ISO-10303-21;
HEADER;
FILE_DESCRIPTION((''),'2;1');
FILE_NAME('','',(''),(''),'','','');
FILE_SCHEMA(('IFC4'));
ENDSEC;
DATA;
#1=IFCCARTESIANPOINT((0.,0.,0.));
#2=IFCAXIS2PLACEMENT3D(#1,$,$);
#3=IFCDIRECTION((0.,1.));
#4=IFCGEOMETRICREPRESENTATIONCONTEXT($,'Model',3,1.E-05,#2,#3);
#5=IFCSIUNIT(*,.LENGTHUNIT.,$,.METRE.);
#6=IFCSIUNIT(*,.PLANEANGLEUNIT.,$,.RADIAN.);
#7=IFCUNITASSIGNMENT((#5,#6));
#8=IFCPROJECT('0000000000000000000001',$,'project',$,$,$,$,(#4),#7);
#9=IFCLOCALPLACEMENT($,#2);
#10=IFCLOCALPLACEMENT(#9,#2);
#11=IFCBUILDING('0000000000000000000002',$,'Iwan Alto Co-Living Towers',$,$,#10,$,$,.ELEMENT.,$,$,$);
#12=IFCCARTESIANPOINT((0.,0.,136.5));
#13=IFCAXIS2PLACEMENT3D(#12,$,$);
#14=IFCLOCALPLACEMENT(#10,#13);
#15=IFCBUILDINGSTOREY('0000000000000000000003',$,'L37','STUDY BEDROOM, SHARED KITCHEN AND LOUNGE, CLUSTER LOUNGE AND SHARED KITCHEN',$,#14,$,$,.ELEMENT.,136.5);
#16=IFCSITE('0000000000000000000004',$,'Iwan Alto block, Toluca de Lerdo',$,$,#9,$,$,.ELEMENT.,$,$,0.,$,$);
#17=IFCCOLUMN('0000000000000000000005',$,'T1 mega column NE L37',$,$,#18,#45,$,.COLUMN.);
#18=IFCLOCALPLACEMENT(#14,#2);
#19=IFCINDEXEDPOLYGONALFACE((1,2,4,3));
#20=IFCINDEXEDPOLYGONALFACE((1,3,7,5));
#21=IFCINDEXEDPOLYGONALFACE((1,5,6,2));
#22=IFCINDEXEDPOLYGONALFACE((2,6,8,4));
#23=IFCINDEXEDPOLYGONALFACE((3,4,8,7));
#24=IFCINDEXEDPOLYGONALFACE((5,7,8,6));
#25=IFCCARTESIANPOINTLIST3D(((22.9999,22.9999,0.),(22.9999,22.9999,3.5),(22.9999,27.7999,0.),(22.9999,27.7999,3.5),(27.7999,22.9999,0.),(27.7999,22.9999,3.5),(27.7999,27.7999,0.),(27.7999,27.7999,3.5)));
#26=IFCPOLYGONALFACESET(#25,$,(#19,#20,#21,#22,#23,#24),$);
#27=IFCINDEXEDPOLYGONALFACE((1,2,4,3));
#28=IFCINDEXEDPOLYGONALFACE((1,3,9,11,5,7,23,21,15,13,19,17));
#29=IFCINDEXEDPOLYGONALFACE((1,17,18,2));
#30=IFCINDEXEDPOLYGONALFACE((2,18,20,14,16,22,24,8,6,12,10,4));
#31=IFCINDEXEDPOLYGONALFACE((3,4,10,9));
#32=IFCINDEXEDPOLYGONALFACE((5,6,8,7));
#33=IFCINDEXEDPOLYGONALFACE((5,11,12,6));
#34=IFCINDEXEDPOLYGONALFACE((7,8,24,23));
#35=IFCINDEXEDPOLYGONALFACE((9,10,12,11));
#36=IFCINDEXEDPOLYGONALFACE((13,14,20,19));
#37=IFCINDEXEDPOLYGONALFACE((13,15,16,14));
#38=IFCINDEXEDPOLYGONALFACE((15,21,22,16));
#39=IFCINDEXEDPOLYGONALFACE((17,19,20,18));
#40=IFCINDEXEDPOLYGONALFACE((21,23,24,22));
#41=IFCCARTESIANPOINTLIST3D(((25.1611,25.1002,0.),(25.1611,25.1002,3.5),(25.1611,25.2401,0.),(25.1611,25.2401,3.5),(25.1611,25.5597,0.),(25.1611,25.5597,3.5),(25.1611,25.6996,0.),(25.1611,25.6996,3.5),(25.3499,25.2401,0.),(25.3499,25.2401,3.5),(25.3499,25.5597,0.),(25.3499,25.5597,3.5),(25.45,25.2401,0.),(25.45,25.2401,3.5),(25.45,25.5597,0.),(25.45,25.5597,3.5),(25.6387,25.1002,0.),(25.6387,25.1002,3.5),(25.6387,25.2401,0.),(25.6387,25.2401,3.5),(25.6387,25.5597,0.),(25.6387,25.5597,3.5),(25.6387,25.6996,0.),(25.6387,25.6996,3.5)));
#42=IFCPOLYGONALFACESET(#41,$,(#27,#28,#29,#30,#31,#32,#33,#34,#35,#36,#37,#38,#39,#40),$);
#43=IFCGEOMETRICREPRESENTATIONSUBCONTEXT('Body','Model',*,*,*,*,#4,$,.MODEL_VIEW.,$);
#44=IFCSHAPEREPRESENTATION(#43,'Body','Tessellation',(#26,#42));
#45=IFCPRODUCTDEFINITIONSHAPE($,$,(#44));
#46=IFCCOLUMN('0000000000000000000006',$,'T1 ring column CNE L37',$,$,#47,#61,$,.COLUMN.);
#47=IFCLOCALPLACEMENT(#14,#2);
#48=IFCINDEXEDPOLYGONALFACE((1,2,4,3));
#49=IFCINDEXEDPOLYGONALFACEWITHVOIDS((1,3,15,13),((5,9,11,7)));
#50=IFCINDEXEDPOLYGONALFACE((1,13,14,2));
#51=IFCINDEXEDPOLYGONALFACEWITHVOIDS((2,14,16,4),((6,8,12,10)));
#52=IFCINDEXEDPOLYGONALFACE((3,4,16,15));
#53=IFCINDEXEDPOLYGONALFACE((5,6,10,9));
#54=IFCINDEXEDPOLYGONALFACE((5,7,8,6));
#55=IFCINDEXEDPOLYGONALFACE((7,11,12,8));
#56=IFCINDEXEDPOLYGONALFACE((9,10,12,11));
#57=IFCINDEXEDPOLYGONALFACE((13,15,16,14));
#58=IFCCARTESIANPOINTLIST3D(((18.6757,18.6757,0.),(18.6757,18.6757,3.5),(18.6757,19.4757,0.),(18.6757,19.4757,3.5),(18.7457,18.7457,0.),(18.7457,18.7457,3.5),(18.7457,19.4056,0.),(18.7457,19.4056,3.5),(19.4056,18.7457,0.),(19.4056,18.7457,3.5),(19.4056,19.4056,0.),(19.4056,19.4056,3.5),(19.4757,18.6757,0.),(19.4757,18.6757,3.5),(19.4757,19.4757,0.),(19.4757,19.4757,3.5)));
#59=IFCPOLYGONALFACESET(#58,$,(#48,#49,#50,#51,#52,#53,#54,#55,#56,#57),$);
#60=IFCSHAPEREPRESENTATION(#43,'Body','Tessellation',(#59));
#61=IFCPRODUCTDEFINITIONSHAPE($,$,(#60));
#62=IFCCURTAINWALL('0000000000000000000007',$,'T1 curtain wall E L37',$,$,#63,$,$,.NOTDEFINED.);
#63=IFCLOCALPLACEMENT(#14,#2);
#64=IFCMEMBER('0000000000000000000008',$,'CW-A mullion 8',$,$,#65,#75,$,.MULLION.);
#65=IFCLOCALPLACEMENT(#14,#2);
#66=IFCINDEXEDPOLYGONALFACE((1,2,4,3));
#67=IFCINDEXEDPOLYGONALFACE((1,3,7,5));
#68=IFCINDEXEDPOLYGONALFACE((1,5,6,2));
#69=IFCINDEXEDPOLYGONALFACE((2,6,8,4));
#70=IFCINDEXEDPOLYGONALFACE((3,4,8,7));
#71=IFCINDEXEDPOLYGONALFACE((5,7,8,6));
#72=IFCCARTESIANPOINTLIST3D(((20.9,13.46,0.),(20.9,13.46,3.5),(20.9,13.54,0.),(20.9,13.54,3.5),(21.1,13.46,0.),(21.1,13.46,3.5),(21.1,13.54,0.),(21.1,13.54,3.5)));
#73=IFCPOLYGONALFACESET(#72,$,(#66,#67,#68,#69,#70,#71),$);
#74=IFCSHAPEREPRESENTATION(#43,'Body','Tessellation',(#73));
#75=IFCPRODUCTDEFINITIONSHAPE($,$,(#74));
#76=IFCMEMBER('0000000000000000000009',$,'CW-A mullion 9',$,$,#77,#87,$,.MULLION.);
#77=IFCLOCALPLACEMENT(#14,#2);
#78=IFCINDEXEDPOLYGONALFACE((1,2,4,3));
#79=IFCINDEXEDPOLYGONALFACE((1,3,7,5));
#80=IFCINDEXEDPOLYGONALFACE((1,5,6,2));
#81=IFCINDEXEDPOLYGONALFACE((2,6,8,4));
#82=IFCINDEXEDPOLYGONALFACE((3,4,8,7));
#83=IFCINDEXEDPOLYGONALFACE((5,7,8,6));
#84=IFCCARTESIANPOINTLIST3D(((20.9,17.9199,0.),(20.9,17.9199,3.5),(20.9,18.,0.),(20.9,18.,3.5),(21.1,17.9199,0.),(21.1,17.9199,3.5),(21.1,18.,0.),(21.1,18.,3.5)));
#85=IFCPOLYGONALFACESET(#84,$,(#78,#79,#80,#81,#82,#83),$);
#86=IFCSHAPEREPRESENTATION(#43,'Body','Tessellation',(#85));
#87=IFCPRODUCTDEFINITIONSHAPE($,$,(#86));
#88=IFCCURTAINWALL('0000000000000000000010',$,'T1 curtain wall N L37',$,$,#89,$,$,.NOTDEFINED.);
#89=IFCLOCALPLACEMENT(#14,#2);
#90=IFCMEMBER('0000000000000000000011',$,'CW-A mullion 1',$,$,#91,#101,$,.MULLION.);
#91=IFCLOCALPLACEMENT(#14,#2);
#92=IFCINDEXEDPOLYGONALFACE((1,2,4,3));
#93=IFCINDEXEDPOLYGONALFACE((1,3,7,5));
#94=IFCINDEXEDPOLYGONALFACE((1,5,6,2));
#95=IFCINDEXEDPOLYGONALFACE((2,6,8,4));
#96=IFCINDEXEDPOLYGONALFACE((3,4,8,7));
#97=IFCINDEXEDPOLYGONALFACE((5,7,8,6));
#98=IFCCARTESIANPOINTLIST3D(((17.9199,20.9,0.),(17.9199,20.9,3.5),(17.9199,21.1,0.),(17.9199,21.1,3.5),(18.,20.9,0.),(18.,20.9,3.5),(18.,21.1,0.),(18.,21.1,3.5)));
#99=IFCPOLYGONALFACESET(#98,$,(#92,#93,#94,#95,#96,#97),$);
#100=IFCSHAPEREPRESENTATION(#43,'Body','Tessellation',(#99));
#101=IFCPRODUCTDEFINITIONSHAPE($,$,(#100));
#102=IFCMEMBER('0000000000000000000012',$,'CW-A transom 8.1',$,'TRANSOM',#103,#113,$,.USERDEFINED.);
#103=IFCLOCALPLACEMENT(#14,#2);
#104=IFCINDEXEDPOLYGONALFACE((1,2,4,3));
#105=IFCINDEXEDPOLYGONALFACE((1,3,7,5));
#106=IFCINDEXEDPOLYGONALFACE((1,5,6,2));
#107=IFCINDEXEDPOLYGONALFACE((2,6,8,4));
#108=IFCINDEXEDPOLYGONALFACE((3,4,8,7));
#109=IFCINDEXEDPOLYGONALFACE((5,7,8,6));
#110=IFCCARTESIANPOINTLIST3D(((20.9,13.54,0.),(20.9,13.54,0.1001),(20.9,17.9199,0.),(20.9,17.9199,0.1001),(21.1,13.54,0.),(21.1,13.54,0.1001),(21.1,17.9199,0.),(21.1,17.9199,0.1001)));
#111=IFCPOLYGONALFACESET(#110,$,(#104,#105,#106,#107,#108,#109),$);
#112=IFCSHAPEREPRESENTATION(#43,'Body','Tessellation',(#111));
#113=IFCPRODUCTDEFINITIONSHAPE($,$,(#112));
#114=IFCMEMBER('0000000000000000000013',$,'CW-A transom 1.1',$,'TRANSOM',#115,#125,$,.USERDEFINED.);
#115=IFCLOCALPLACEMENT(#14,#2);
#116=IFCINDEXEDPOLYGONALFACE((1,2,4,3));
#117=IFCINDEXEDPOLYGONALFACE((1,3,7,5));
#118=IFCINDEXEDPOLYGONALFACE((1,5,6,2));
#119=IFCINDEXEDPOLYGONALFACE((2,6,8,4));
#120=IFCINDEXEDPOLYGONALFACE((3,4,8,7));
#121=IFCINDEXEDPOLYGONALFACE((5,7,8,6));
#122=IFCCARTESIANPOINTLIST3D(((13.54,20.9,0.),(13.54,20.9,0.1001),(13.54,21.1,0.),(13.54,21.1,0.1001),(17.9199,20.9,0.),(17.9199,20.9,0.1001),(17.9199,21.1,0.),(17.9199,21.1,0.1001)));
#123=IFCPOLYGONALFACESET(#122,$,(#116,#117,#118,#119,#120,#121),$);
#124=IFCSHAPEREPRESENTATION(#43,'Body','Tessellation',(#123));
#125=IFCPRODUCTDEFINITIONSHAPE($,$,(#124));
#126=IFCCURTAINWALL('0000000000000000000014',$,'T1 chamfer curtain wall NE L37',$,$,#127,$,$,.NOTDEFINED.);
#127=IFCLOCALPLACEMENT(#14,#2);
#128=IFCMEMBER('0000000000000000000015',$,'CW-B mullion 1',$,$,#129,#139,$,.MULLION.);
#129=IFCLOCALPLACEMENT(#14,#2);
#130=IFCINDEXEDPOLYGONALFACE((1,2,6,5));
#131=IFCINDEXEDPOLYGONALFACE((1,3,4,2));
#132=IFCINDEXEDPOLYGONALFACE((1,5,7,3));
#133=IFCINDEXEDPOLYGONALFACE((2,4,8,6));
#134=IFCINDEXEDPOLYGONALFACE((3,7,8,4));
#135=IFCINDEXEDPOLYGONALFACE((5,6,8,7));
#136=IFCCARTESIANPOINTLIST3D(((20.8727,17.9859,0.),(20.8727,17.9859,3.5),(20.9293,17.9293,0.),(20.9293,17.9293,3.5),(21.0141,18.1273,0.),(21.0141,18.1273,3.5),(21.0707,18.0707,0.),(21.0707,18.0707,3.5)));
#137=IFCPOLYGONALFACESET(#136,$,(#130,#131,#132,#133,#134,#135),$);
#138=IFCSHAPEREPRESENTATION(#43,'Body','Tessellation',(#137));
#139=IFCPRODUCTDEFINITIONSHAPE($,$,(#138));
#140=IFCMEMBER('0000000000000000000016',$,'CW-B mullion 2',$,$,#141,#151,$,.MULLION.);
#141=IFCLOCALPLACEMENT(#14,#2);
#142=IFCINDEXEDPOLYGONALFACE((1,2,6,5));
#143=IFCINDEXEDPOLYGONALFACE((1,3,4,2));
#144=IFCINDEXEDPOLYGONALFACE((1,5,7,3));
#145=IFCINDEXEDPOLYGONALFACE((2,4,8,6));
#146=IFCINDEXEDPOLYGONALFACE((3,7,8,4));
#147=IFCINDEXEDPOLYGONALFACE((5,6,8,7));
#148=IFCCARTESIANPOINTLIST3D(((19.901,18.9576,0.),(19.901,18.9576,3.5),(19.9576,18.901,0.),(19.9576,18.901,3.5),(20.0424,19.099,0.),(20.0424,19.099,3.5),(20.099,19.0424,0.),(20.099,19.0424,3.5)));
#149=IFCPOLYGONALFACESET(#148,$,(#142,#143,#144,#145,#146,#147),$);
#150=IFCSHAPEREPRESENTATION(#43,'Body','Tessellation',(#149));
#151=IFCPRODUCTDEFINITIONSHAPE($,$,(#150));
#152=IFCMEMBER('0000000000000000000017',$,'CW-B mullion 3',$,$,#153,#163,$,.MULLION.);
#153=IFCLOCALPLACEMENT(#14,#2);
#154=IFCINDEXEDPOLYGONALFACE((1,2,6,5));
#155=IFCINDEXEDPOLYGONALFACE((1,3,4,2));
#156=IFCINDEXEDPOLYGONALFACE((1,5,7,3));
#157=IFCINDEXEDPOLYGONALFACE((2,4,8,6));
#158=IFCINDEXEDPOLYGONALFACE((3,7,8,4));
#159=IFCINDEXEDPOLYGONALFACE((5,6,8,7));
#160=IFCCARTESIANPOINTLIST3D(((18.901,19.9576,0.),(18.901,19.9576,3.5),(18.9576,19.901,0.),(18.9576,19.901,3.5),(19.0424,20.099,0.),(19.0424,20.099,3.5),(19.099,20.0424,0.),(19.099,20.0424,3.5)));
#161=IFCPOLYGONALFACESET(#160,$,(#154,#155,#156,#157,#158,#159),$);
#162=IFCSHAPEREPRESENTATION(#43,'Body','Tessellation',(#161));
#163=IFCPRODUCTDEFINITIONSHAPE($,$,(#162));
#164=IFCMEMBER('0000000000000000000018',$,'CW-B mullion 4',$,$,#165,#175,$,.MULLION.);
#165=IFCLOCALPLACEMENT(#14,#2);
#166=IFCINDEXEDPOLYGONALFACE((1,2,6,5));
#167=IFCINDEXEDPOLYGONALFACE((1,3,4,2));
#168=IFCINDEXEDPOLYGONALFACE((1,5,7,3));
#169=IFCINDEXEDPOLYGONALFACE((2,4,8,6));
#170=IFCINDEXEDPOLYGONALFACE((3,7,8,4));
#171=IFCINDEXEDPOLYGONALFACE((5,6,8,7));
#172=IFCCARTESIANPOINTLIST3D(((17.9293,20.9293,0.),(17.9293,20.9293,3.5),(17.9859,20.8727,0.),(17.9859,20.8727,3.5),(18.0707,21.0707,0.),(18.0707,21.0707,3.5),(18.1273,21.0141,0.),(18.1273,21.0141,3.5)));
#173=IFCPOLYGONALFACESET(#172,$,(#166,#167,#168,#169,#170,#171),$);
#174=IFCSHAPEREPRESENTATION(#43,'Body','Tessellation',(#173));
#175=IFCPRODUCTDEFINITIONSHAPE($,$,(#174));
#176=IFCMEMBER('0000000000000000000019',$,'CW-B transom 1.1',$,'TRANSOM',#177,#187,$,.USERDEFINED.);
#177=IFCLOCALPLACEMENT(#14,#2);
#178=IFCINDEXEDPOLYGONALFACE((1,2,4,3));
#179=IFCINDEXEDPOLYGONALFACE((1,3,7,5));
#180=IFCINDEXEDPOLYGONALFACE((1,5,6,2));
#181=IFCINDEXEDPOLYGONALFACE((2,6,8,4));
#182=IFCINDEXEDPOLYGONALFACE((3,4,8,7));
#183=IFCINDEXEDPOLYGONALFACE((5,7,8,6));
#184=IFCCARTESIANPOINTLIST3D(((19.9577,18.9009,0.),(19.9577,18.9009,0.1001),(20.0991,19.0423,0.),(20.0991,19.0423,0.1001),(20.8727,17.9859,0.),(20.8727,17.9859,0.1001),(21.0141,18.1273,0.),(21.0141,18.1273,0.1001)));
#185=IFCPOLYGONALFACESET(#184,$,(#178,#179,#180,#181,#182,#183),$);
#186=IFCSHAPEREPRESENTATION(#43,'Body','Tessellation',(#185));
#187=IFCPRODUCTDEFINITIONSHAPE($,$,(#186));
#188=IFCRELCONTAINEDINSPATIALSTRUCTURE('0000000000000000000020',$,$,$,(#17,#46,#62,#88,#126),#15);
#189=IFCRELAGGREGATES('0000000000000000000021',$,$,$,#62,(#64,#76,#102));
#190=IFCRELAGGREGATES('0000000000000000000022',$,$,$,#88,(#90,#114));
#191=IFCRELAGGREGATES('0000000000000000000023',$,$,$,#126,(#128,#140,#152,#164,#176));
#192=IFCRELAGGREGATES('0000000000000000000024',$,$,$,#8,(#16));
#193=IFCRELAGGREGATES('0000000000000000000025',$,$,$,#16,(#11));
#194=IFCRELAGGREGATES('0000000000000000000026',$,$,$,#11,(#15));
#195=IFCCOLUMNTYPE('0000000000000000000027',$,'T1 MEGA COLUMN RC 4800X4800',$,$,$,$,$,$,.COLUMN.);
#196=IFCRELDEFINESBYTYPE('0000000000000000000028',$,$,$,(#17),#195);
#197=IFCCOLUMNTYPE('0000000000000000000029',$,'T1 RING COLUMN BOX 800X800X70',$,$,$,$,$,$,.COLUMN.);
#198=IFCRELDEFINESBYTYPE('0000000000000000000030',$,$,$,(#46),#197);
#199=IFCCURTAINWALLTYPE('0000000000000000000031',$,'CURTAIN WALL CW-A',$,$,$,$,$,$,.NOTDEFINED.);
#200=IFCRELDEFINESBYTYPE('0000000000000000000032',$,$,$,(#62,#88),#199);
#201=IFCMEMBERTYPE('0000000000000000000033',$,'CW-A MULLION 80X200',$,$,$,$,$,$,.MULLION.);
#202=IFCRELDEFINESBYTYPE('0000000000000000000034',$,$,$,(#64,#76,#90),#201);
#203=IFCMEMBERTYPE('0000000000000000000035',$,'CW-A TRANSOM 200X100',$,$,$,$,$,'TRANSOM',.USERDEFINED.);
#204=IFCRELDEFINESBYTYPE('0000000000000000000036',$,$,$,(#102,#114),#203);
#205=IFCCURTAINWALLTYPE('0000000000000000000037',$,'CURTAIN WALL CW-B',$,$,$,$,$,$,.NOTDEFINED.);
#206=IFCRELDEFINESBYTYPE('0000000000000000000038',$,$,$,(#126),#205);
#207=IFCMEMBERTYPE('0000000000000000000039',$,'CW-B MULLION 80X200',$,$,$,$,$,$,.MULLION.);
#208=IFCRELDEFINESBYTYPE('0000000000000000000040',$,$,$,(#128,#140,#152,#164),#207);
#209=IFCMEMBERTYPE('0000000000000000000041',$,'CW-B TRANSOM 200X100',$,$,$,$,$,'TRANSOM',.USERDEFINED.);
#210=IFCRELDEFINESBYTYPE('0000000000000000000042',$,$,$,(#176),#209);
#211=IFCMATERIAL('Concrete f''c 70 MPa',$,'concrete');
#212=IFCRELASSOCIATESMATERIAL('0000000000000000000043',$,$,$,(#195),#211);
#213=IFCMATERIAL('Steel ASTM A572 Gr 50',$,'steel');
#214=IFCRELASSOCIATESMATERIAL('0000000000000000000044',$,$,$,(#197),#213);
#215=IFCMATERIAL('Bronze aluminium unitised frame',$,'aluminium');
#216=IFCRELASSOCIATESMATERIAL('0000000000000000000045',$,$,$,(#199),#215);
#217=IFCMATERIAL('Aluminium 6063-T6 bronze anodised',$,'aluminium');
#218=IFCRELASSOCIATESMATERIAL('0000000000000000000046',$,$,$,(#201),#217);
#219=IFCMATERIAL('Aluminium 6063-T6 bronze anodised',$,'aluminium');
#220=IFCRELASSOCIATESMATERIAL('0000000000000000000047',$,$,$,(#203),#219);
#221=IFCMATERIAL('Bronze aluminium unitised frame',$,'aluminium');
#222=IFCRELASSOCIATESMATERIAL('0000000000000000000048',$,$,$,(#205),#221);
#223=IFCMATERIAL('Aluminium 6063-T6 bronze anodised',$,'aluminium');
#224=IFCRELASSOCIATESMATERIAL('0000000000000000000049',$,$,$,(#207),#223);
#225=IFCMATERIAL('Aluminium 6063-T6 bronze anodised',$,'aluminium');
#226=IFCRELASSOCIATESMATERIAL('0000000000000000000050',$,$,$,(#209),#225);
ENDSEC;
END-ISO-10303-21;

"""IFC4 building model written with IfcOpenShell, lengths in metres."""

from ifc_helpers import new_model, si_unit, direction, frame, origin, origin_2d, place, context, subcontext, project, spatial, rectangle, hollow_rectangle, i_section, extrude, material, material_profile, profile_set, type_object, element, aggregate, save


model = new_model("IFC4")

# Units and contexts
model_context = context("Model", 3, precision=1e-05, world=origin(), true_north=direction((0.0, 1.0)))
body_context = subcontext(model_context, "Body", "Model", "MODEL_VIEW")
ifc_project = project(units=[si_unit("LENGTHUNIT", "METRE"), si_unit("PLANEANGLEUNIT", "RADIAN")], contexts=[model_context])

# Site, building, storey
site_placement = place(None, origin())
site = spatial("IfcSite", under=ifc_project, at=site_placement, Name="Iwan Alto block, Toluca de Lerdo", CompositionType="ELEMENT", RefElevation=0.0)
building_placement = place(site_placement, origin())
building = spatial("IfcBuilding", under=site, at=building_placement, Name="Iwan Alto Co-Living Towers", CompositionType="ELEMENT")
storey_placement = place(building_placement, frame((0.0, 0.0, 136.5)))
storey = spatial("IfcBuildingStorey", under=building, at=storey_placement, Name="L37", Description="STUDY BEDROOM, SHARED KITCHEN AND LOUNGE, CLUSTER LOUNGE AND SHARED KITCHEN", CompositionType="ELEMENT", Elevation=136.5)

# Columns
ifc_material_1 = material(Name="Concrete f'c 70 MPa", Category="concrete")
ifc_material_profile_1 = material_profile(ifc_material_1, rectangle(XDim=4.8, YDim=4.8, at=origin_2d()), Name="RC 4800X4800")
ifc_profile_set_1 = profile_set([ifc_material_profile_1], Name="Concrete f'c 70 MPa")
column_type_1 = type_object("IfcColumnType", Name="T1 MEGA COLUMN RC 4800X4800", PredefinedType="COLUMN", material=ifc_profile_set_1)
column_1_placement = place(storey_placement, frame((25.3999, 25.3999, 0.0), z_axis=(0.0, 0.0, 1.0), x_axis=(1.0, 0.0, 0.0)))
element("IfcColumn", 1, at=column_1_placement, inside=storey, type_object=column_type_1, Name="T1 mega column NE L37", PredefinedType="COLUMN", context=body_context, shape_type="SweptSolid", body=[
    extrude(rectangle(XDim=4.8, YDim=4.8, at=origin_2d()), origin(), (0.0, 0.0, 1.0), 3.5),
    extrude(i_section(OverallWidth=0.4775, OverallDepth=0.5994, WebThickness=0.1001, FlangeThickness=0.1399, at=origin_2d()), origin(), (0.0, 0.0, 1.0), 3.5),
])
ifc_material_2 = material(Name="Steel ASTM A572 Gr 50", Category="steel")
ifc_material_profile_2 = material_profile(ifc_material_2, hollow_rectangle(XDim=0.8, YDim=0.8, WallThickness=0.0701, at=origin_2d()), Name="BOX 800X800X70")
ifc_profile_set_2 = profile_set([ifc_material_profile_2], Name="Steel ASTM A572 Gr 50")
column_type_2 = type_object("IfcColumnType", Name="T1 RING COLUMN BOX 800X800X70", PredefinedType="COLUMN", material=ifc_profile_set_2)
column_2_placement = place(storey_placement, frame((19.0757, 19.0757, 0.0), z_axis=(0.0, 0.0, 1.0), x_axis=(1.0, 0.0, 0.0)))
element("IfcColumn", 2, at=column_2_placement, inside=storey, type_object=column_type_2, Name="T1 ring column CNE L37", PredefinedType="COLUMN", context=body_context, shape_type="SweptSolid", body=[
    extrude(hollow_rectangle(XDim=0.8, YDim=0.8, WallThickness=0.0701, at=origin_2d()), origin(), (0.0, 0.0, 1.0), 3.5),
])

# Curtain wall, members
ifc_material_3 = material(Name="Bronze aluminium unitised frame", Category="aluminium")
curtain_wall_type_1 = type_object("IfcCurtainWallType", Name="CURTAIN WALL CW-A", PredefinedType="NOTDEFINED", material=ifc_material_3)
curtain_wall_1_placement = place(storey_placement, origin())
curtain_wall_1 = element("IfcCurtainWall", 3, at=curtain_wall_1_placement, inside=storey, type_object=curtain_wall_type_1, Name="T1 curtain wall E L37", PredefinedType="NOTDEFINED")
ifc_material_4 = material(Name="Aluminium 6063-T6 bronze anodised", Category="aluminium")
ifc_material_profile_3 = material_profile(ifc_material_4, rectangle(XDim=0.2, YDim=0.0801, at=origin_2d()), Name="AL 80X200")
ifc_profile_set_3 = profile_set([ifc_material_profile_3], Name="Aluminium 6063-T6 bronze anodised")
member_type_1 = type_object("IfcMemberType", Name="CW-A MULLION 80X200", PredefinedType="MULLION", material=ifc_profile_set_3)
member_1_placement = place(storey_placement, frame((21.0, 13.5, 0.0), z_axis=(0.0, 0.0, 1.0), x_axis=(-1.0, 0.0, 0.0)))
member_1 = element("IfcMember", 4, at=member_1_placement, type_object=member_type_1, Name="CW-A mullion 8", PredefinedType="MULLION", context=body_context, shape_type="SweptSolid", body=[
    extrude(rectangle(XDim=0.2, YDim=0.0801, at=origin_2d()), origin(), (0.0, 0.0, 1.0), 3.5),
])
member_2_placement = place(storey_placement, frame((21.0, 17.96, 0.0), z_axis=(0.0, 0.0, 1.0), x_axis=(-1.0, 0.0, 0.0)))
member_2 = element("IfcMember", 5, at=member_2_placement, type_object=member_type_1, Name="CW-A mullion 9", PredefinedType="MULLION", context=body_context, shape_type="SweptSolid", body=[
    extrude(rectangle(XDim=0.2, YDim=0.0801, at=origin_2d()), origin(), (0.0, 0.0, 1.0), 3.5),
])

# Curtain wall, member
curtain_wall_2_placement = place(storey_placement, origin())
curtain_wall_2 = element("IfcCurtainWall", 6, at=curtain_wall_2_placement, inside=storey, type_object=curtain_wall_type_1, Name="T1 curtain wall N L37", PredefinedType="NOTDEFINED")
member_3_placement = place(storey_placement, frame((17.96, 21.0, 0.0), z_axis=(0.0, 0.0, 1.0), x_axis=(0.0, -1.0, 0.0)))
member_3 = element("IfcMember", 7, at=member_3_placement, type_object=member_type_1, Name="CW-A mullion 1", PredefinedType="MULLION", context=body_context, shape_type="SweptSolid", body=[
    extrude(rectangle(XDim=0.2, YDim=0.0801, at=origin_2d()), origin(), (0.0, 0.0, 1.0), 3.5),
])

# Members
ifc_material_5 = material(Name="Aluminium 6063-T6 bronze anodised", Category="aluminium")
ifc_material_profile_4 = material_profile(ifc_material_5, rectangle(XDim=0.2, YDim=0.1001, at=origin_2d()), Name="AL 200X100")
ifc_profile_set_4 = profile_set([ifc_material_profile_4], Name="Aluminium 6063-T6 bronze anodised")
member_type_2 = type_object("IfcMemberType", Name="CW-A TRANSOM 200X100", ElementType="TRANSOM", PredefinedType="USERDEFINED", material=ifc_profile_set_4)
member_4_placement = place(storey_placement, frame((21.0, 13.54, 0.05), z_axis=(0.0, 1.0, 0.0), x_axis=(-1.0, 0.0, 0.0)))
member_4 = element("IfcMember", 8, at=member_4_placement, type_object=member_type_2, Name="CW-A transom 8.1", ObjectType="TRANSOM", PredefinedType="USERDEFINED", context=body_context, shape_type="SweptSolid", body=[
    extrude(rectangle(XDim=0.2, YDim=0.1001, at=origin_2d()), origin(), (0.0, 0.0, 1.0), 4.3799),
])
member_5_placement = place(storey_placement, frame((17.9199, 21.0, 0.05), z_axis=(-1.0, 0.0, 0.0), x_axis=(0.0, -1.0, 0.0)))
member_5 = element("IfcMember", 9, at=member_5_placement, type_object=member_type_2, Name="CW-A transom 1.1", ObjectType="TRANSOM", PredefinedType="USERDEFINED", context=body_context, shape_type="SweptSolid", body=[
    extrude(rectangle(XDim=0.2, YDim=0.1001, at=origin_2d()), origin(), (0.0, 0.0, 1.0), 4.3799),
])

# Curtain wall, members
ifc_material_6 = material(Name="Bronze aluminium unitised frame", Category="aluminium")
curtain_wall_type_2 = type_object("IfcCurtainWallType", Name="CURTAIN WALL CW-B", PredefinedType="NOTDEFINED", material=ifc_material_6)
curtain_wall_3_placement = place(storey_placement, origin())
curtain_wall_3 = element("IfcCurtainWall", 10, at=curtain_wall_3_placement, inside=storey, type_object=curtain_wall_type_2, Name="T1 chamfer curtain wall NE L37", PredefinedType="NOTDEFINED")
ifc_material_7 = material(Name="Aluminium 6063-T6 bronze anodised", Category="aluminium")
ifc_material_profile_5 = material_profile(ifc_material_7, rectangle(XDim=0.2, YDim=0.0801, at=origin_2d()), Name="AL 80X200")
ifc_profile_set_5 = profile_set([ifc_material_profile_5], Name="Aluminium 6063-T6 bronze anodised")
member_type_3 = type_object("IfcMemberType", Name="CW-B MULLION 80X200", PredefinedType="MULLION", material=ifc_profile_set_5)
member_6_placement = place(storey_placement, frame((20.9717, 18.0283, 0.0), z_axis=(0.0, 0.0, 1.0), x_axis=(-0.707107, -0.707107, 0.0)))
member_6 = element("IfcMember", 11, at=member_6_placement, type_object=member_type_3, Name="CW-B mullion 1", PredefinedType="MULLION", context=body_context, shape_type="SweptSolid", body=[
    extrude(rectangle(XDim=0.2, YDim=0.0801, at=origin_2d()), origin(), (0.0, 0.0, 1.0), 3.5),
])
member_7_placement = place(storey_placement, frame((20.0, 19.0, 0.0), z_axis=(0.0, 0.0, 1.0), x_axis=(-0.707107, -0.707107, 0.0)))
member_7 = element("IfcMember", 12, at=member_7_placement, type_object=member_type_3, Name="CW-B mullion 2", PredefinedType="MULLION", context=body_context, shape_type="SweptSolid", body=[
    extrude(rectangle(XDim=0.2, YDim=0.0801, at=origin_2d()), origin(), (0.0, 0.0, 1.0), 3.5),
])
member_8_placement = place(storey_placement, frame((19.0, 20.0, 0.0), z_axis=(0.0, 0.0, 1.0), x_axis=(-0.707107, -0.707107, 0.0)))
member_8 = element("IfcMember", 13, at=member_8_placement, type_object=member_type_3, Name="CW-B mullion 3", PredefinedType="MULLION", context=body_context, shape_type="SweptSolid", body=[
    extrude(rectangle(XDim=0.2, YDim=0.0801, at=origin_2d()), origin(), (0.0, 0.0, 1.0), 3.5),
])
member_9_placement = place(storey_placement, frame((18.0283, 20.9717, 0.0), z_axis=(0.0, 0.0, 1.0), x_axis=(-0.707107, -0.707107, 0.0)))
member_9 = element("IfcMember", 14, at=member_9_placement, type_object=member_type_3, Name="CW-B mullion 4", PredefinedType="MULLION", context=body_context, shape_type="SweptSolid", body=[
    extrude(rectangle(XDim=0.2, YDim=0.0801, at=origin_2d()), origin(), (0.0, 0.0, 1.0), 3.5),
])
ifc_material_8 = material(Name="Aluminium 6063-T6 bronze anodised", Category="aluminium")
ifc_material_profile_6 = material_profile(ifc_material_8, rectangle(XDim=0.2, YDim=0.1001, at=origin_2d()), Name="AL 200X100")
ifc_profile_set_6 = profile_set([ifc_material_profile_6], Name="Aluminium 6063-T6 bronze anodised")
member_type_4 = type_object("IfcMemberType", Name="CW-B TRANSOM 200X100", ElementType="TRANSOM", PredefinedType="USERDEFINED", material=ifc_profile_set_6)
member_10_placement = place(storey_placement, frame((20.9434, 18.0566, 0.05), z_axis=(-0.707107, 0.707107, 0.0), x_axis=(-0.707107, -0.707107, 0.0)))
member_10 = element("IfcMember", 15, at=member_10_placement, type_object=member_type_4, Name="CW-B transom 1.1", ObjectType="TRANSOM", PredefinedType="USERDEFINED", context=body_context, shape_type="SweptSolid", body=[
    extrude(rectangle(XDim=0.2, YDim=0.1001, at=origin_2d()), origin(), (0.0, 0.0, 1.0), 1.2939),
])

aggregate(curtain_wall_1, [member_1, member_2, member_4])
aggregate(curtain_wall_2, [member_3, member_5])
aggregate(curtain_wall_3, [member_6, member_7, member_8, member_9, member_10])

save(model, "model.ifc")
